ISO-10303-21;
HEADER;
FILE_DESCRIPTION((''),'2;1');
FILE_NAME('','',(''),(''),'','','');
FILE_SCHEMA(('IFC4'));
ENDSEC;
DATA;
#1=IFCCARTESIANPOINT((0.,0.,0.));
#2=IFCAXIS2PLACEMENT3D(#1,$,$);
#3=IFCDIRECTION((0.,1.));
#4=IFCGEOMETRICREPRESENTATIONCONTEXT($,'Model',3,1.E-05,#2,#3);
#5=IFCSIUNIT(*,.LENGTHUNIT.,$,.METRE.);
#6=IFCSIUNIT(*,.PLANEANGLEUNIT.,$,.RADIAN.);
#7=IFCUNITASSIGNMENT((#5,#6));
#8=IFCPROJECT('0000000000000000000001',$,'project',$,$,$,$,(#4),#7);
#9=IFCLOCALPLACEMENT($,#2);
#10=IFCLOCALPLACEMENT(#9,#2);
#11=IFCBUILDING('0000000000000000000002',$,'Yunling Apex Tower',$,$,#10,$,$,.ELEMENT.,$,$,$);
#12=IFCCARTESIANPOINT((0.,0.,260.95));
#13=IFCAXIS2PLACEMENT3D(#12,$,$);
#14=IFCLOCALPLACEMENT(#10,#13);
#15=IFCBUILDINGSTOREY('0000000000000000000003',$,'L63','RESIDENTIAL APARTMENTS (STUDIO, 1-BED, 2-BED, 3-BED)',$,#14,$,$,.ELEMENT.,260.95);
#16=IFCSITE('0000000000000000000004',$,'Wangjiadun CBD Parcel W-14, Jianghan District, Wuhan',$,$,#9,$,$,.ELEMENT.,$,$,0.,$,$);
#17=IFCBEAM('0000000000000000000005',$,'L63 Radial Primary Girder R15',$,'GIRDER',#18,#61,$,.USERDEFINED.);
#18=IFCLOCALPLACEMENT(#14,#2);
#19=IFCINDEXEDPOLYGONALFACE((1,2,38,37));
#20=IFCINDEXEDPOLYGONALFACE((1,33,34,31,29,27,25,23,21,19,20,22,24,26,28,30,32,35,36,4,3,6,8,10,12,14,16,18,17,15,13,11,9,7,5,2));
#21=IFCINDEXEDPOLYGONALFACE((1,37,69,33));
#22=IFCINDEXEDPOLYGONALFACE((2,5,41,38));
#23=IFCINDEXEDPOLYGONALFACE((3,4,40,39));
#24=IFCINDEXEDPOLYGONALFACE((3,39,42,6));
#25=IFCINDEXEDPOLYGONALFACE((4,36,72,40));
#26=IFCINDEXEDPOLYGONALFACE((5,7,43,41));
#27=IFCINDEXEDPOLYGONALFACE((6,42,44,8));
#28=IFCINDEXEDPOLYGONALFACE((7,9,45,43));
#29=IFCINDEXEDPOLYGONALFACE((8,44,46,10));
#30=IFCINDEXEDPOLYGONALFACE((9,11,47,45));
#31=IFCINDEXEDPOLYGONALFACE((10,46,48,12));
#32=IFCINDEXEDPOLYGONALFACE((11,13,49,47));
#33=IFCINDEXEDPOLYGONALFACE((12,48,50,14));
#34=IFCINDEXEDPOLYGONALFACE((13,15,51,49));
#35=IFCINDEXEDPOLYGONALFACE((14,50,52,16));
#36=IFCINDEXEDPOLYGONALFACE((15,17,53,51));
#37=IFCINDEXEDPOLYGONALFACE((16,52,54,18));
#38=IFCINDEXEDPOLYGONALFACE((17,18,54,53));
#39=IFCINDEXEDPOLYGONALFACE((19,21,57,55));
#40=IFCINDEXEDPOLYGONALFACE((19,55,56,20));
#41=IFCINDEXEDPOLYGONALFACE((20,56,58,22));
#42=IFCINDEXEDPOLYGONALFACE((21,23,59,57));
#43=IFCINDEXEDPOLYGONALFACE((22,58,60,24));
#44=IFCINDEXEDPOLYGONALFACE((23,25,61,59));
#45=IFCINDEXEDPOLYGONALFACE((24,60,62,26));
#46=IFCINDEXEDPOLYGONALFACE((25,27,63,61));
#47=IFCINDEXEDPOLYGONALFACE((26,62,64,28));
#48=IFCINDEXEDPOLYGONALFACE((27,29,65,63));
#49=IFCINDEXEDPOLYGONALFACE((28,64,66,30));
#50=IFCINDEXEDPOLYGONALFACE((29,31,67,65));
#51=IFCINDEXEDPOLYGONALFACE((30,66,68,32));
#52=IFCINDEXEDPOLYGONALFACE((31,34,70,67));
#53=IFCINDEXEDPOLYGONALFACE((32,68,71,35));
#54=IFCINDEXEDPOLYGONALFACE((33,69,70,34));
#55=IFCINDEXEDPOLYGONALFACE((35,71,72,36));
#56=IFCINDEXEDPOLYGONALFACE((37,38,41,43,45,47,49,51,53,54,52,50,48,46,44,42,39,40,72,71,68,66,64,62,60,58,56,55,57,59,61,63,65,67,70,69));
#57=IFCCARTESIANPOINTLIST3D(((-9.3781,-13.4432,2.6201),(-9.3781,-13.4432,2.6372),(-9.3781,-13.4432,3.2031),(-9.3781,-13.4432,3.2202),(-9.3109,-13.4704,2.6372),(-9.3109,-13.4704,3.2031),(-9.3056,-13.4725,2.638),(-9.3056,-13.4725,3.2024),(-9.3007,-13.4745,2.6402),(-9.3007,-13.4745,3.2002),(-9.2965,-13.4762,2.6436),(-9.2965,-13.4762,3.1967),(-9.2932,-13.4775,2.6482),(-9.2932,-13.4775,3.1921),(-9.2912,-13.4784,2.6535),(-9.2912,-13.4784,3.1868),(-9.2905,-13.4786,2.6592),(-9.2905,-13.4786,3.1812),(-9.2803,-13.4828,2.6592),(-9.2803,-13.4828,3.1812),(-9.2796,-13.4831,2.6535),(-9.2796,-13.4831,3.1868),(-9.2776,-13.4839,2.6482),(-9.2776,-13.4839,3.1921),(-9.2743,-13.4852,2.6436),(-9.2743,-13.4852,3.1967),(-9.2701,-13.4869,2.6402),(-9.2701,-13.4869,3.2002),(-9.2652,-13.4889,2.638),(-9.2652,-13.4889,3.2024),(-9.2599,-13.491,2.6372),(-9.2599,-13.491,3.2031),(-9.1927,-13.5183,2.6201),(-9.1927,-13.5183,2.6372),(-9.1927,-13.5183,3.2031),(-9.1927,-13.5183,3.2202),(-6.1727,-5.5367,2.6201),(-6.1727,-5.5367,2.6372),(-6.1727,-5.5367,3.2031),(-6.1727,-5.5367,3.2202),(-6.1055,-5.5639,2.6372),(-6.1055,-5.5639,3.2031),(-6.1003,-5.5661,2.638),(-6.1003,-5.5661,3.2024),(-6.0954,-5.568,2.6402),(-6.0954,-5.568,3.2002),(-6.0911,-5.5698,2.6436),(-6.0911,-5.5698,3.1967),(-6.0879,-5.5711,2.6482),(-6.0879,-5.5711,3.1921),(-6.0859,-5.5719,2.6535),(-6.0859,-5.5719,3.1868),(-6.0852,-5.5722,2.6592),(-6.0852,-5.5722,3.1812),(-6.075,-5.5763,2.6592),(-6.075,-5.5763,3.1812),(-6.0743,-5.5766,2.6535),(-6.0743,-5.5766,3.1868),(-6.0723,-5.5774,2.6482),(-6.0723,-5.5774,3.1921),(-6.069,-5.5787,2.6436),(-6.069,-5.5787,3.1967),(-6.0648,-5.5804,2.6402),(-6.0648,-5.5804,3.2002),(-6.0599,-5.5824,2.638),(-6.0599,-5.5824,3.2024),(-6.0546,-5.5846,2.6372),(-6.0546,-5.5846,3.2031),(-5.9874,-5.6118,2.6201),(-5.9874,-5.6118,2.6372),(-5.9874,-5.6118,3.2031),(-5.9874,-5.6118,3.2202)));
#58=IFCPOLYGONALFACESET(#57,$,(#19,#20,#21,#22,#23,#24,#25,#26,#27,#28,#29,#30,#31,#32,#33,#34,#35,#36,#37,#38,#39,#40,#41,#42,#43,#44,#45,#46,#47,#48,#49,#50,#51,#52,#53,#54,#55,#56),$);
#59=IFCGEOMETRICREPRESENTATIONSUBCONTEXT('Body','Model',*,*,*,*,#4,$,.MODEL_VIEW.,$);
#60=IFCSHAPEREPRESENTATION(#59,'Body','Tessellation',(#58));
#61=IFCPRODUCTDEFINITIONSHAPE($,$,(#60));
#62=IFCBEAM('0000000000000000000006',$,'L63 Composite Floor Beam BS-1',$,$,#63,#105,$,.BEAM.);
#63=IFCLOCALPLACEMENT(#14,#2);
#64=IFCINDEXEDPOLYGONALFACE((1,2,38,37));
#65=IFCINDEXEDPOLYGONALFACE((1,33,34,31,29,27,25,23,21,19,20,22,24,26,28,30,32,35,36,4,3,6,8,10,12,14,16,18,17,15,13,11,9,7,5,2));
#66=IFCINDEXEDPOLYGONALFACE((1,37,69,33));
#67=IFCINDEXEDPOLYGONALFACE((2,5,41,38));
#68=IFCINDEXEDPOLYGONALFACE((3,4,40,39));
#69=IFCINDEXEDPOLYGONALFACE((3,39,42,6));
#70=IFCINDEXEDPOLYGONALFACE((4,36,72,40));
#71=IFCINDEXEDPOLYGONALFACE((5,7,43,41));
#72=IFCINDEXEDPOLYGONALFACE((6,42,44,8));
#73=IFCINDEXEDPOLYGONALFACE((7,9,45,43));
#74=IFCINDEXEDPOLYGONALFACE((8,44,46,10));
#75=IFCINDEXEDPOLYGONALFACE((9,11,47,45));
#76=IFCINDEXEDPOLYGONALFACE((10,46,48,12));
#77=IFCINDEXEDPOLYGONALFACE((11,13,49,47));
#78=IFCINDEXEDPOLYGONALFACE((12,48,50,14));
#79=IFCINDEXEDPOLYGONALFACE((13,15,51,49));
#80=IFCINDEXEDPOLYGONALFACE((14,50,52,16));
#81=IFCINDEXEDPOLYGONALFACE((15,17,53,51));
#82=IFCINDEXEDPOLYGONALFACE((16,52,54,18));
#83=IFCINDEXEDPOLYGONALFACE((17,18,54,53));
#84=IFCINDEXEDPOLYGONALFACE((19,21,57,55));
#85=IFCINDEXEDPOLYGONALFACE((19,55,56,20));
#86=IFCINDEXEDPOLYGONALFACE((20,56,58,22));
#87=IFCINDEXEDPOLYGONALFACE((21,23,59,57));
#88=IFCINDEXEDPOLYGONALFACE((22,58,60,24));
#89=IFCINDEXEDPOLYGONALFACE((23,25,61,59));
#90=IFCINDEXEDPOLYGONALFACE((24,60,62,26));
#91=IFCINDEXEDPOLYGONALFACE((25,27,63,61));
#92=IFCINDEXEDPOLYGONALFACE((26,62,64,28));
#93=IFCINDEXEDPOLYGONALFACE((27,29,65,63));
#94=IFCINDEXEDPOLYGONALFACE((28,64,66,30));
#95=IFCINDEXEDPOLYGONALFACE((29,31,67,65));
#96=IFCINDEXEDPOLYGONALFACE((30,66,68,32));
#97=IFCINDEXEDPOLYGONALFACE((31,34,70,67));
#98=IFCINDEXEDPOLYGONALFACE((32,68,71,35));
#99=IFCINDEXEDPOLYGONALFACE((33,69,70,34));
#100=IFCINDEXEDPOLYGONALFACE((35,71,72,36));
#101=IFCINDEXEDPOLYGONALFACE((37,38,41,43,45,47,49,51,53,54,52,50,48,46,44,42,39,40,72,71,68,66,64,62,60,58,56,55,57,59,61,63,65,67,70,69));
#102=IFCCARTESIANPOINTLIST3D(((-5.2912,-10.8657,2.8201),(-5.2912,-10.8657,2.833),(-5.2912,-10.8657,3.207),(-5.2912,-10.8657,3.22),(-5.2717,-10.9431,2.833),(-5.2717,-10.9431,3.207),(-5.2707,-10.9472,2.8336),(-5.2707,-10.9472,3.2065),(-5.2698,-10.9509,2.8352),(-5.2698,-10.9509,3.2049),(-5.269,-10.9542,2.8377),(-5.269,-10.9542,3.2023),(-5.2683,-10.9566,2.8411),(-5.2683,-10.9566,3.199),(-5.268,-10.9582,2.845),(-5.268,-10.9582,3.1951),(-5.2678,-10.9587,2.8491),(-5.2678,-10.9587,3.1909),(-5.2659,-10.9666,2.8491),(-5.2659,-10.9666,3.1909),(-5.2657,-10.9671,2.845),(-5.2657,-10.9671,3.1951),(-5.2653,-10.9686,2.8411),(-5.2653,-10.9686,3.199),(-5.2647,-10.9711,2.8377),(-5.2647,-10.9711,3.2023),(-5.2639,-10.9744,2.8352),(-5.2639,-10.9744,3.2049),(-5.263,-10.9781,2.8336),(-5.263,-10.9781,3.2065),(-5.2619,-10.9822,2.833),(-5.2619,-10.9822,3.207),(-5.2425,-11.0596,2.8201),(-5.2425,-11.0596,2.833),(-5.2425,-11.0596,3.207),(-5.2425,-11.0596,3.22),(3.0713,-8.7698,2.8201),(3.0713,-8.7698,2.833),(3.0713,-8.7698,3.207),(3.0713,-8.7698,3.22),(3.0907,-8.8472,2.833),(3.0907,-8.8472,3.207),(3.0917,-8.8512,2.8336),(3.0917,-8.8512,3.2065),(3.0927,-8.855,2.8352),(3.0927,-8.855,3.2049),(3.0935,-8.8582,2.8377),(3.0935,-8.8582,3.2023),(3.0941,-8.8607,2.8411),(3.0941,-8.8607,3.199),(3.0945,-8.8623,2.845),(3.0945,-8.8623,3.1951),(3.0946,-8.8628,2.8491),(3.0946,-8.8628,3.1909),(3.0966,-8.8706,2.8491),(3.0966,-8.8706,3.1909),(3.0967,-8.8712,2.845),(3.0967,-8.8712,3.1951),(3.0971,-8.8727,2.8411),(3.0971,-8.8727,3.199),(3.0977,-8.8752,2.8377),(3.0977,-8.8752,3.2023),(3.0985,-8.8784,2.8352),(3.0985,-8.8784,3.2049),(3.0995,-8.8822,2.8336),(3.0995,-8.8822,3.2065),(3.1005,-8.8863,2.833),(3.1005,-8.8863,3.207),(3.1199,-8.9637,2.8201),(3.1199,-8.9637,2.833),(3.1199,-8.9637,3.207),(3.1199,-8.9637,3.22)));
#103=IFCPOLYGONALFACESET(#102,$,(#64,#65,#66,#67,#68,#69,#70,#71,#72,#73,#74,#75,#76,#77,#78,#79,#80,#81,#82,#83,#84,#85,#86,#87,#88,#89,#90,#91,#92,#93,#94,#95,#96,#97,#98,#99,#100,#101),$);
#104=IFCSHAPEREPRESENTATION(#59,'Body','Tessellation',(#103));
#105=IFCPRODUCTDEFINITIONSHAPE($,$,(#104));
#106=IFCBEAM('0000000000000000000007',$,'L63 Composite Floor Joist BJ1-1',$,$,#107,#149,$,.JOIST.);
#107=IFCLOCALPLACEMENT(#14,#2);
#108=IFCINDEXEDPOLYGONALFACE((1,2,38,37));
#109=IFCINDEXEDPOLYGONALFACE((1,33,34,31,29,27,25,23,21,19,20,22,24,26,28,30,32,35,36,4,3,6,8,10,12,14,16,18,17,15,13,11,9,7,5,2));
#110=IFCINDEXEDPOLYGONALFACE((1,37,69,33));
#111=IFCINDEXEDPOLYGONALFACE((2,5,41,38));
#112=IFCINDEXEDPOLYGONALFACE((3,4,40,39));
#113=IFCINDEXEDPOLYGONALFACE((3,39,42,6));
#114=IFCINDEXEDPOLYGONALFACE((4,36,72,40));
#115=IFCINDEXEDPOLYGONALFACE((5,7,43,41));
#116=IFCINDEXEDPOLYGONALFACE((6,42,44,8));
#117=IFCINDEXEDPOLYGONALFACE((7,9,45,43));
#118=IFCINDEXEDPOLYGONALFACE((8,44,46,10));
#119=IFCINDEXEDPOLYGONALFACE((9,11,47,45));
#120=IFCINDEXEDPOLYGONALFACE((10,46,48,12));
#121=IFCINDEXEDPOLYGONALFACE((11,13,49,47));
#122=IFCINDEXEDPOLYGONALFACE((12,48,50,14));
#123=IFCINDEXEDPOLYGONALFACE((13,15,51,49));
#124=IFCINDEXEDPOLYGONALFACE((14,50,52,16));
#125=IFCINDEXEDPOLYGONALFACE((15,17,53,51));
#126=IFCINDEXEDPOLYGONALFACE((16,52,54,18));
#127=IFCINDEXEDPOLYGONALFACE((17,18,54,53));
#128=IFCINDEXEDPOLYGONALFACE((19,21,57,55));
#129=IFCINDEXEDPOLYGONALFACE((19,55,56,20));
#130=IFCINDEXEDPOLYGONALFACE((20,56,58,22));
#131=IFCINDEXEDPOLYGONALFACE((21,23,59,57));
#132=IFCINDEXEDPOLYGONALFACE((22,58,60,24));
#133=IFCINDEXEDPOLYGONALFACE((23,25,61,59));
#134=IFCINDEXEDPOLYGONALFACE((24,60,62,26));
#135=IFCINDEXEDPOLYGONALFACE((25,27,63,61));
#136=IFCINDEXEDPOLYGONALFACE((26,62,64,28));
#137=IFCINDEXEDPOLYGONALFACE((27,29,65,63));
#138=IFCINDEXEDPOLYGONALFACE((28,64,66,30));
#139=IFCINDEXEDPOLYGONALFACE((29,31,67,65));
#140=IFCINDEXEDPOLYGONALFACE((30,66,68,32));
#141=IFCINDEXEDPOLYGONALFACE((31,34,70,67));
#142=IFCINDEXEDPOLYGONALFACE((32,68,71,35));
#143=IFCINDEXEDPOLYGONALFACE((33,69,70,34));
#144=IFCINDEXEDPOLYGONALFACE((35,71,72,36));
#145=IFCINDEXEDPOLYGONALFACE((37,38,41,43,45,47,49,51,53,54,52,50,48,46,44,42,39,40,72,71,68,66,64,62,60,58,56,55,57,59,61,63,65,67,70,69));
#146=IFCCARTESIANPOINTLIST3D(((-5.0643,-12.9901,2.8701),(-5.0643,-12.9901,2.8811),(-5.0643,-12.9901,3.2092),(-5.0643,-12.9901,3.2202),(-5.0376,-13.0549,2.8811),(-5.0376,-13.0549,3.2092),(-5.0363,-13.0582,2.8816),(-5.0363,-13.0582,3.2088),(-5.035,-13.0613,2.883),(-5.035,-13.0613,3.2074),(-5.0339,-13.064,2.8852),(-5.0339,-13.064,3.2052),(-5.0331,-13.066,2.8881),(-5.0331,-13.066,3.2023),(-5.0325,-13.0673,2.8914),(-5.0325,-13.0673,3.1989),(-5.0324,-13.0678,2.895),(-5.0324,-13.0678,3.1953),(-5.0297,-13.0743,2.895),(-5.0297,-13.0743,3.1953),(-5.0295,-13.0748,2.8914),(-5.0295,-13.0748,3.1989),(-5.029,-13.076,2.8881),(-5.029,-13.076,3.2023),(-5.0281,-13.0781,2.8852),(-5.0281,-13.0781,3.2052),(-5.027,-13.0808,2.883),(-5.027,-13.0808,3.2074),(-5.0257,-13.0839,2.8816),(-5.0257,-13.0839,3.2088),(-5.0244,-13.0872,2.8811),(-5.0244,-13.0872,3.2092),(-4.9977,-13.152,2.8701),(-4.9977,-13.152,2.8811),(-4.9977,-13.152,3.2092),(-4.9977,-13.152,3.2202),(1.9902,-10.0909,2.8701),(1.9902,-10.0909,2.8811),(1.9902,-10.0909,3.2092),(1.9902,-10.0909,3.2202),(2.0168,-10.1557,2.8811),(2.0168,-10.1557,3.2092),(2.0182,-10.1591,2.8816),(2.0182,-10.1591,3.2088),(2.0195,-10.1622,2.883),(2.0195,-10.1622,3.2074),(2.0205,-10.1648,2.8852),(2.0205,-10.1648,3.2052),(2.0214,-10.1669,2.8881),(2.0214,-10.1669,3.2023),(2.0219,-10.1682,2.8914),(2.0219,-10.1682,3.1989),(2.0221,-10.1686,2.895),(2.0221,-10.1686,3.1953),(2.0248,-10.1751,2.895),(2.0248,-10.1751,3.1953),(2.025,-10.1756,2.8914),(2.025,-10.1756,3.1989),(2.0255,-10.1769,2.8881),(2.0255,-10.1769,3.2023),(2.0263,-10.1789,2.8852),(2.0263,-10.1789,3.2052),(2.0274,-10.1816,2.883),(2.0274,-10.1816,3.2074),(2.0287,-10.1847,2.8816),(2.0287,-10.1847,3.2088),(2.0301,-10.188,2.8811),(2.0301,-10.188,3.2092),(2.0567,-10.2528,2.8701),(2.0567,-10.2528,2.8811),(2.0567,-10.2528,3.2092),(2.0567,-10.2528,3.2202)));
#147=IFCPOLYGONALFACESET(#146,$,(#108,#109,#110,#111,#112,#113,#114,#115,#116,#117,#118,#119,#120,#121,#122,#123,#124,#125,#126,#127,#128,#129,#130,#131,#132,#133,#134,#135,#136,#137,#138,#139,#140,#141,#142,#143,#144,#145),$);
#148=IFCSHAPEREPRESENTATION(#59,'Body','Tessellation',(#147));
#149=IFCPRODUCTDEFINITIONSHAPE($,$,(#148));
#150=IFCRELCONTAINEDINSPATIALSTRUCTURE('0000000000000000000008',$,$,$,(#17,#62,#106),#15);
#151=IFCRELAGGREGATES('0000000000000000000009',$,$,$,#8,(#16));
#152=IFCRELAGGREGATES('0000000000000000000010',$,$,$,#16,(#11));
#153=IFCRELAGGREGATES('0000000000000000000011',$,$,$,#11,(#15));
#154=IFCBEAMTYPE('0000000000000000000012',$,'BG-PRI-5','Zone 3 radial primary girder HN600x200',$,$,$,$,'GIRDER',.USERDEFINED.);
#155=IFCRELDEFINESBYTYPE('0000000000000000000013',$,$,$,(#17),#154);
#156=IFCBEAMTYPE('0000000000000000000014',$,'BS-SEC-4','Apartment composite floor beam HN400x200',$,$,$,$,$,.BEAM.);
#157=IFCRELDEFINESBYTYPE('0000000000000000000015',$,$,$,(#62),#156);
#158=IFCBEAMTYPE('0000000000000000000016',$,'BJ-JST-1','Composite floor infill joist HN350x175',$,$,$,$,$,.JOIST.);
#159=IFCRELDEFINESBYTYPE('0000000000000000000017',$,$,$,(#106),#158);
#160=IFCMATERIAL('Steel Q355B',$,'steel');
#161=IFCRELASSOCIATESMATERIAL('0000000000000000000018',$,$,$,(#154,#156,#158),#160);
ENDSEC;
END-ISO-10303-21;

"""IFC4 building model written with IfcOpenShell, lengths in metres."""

from ifc_helpers import new_model, si_unit, direction, frame, origin, origin_2d, place, context, subcontext, project, spatial, i_section, extrude, source, transform, mapped, material, material_profile, profile_set, type_object, element, save


model = new_model("IFC4")

# Units and contexts
model_context = context("Model", 3, precision=1e-05, world=origin(), true_north=direction((0.0, 1.0)))
body_context = subcontext(model_context, "Body", "Model", "MODEL_VIEW")
ifc_project = project(units=[si_unit("LENGTHUNIT", "METRE"), si_unit("PLANEANGLEUNIT", "RADIAN")], contexts=[model_context])

# Site, building, storey
site_placement = place(None, origin())
site = spatial("IfcSite", under=ifc_project, at=site_placement, Name="Wangjiadun CBD Parcel W-14, Jianghan District, Wuhan", CompositionType="ELEMENT", RefElevation=0.0)
building_placement = place(site_placement, origin())
building = spatial("IfcBuilding", under=site, at=building_placement, Name="Yunling Apex Tower", CompositionType="ELEMENT")
storey_placement = place(building_placement, frame((0.0, 0.0, 260.95)))
storey = spatial("IfcBuildingStorey", under=building, at=storey_placement, Name="L63", Description="RESIDENTIAL APARTMENTS (STUDIO, 1-BED, 2-BED, 3-BED)", CompositionType="ELEMENT", Elevation=260.95)

# Shared definitions
ifc_material_1 = material(Name="Steel Q355B", Category="steel")

# Beams
ifc_material_profile_1 = material_profile(ifc_material_1, i_section(OverallWidth=0.2, OverallDepth=0.6001, WebThickness=0.011, FlangeThickness=0.0171, FilletRadius=0.022, at=origin_2d()))
ifc_profile_set_1 = profile_set([ifc_material_profile_1], Name="Steel Q355B")
beam_type_1 = type_object("IfcBeamType", Name="BG-PRI-5", Description="Zone 3 radial primary girder HN600x200", ElementType="GIRDER", PredefinedType="USERDEFINED", material=ifc_profile_set_1)
shared_shape_1 = source(origin(), body_context, "Body", "SweptSolid", [
    extrude(i_section(OverallWidth=0.2, OverallDepth=0.6001, WebThickness=0.011, FlangeThickness=0.0171, FilletRadius=0.022, at=origin_2d()), origin(), (0.0, 0.0, 1.0), 8.5315),
])
beam_1_placement = place(storey_placement, frame((-9.2854, -13.4807, 2.9202), z_axis=(0.375704, 0.92674, 0.0), x_axis=(-0.92674, 0.375704, 0.0)))
element("IfcBeam", 1, at=beam_1_placement, inside=storey, type_object=beam_type_1, Name="L63 Radial Primary Girder R15", ObjectType="GIRDER", PredefinedType="USERDEFINED", context=body_context, shape_type="MappedRepresentation", body=[
    mapped(shared_shape_1, transform((0.0, 0.0, 0.0), scale=1.0)),
])
ifc_material_profile_2 = material_profile(ifc_material_1, i_section(OverallWidth=0.2, OverallDepth=0.3999, WebThickness=0.0081, FlangeThickness=0.0129, FilletRadius=0.0161, at=origin_2d()))
ifc_profile_set_2 = profile_set([ifc_material_profile_2], Name="Steel Q355B")
beam_type_2 = type_object("IfcBeamType", Name="BS-SEC-4", Description="Apartment composite floor beam HN400x200", PredefinedType="BEAM", material=ifc_profile_set_2)
shared_shape_2 = source(origin(), body_context, "Body", "SweptSolid", [
    extrude(i_section(OverallWidth=0.2, OverallDepth=0.3999, WebThickness=0.0081, FlangeThickness=0.0129, FilletRadius=0.0161, at=origin_2d()), origin(), (0.0, 0.0, 1.0), 8.6211),
])
beam_2_placement = place(storey_placement, frame((-5.2668, -10.9626, 3.02), z_axis=(0.969997, 0.243115, 0.0), x_axis=(-0.243115, 0.969997, 0.0)))
element("IfcBeam", 2, at=beam_2_placement, inside=storey, type_object=beam_type_2, Name="L63 Composite Floor Beam BS-1", PredefinedType="BEAM", context=body_context, shape_type="MappedRepresentation", body=[
    mapped(shared_shape_2, transform((0.0, 0.0, 0.0), scale=1.0)),
])
ifc_material_profile_3 = material_profile(ifc_material_1, i_section(OverallWidth=0.175, OverallDepth=0.3501, WebThickness=0.0071, FlangeThickness=0.011, FilletRadius=0.0139, at=origin_2d()))
ifc_profile_set_3 = profile_set([ifc_material_profile_3], Name="Steel Q355B")
beam_type_3 = type_object("IfcBeamType", Name="BJ-JST-1", Description="Composite floor infill joist HN350x175", PredefinedType="JOIST", material=ifc_profile_set_3)
shared_shape_3 = source(origin(), body_context, "Body", "SweptSolid", [
    extrude(i_section(OverallWidth=0.175, OverallDepth=0.3501, WebThickness=0.0071, FlangeThickness=0.011, FilletRadius=0.0139, at=origin_2d()), origin(), (0.0, 0.0, 1.0), 7.627),
])
beam_3_placement = place(storey_placement, frame((-5.031, -13.071, 3.0452), z_axis=(0.924936, 0.380122, 0.0), x_axis=(-0.380122, 0.924936, 0.0)))
element("IfcBeam", 3, at=beam_3_placement, inside=storey, type_object=beam_type_3, Name="L63 Composite Floor Joist BJ1-1", PredefinedType="JOIST", context=body_context, shape_type="MappedRepresentation", body=[
    mapped(shared_shape_3, transform((0.0, 0.0, 0.0), scale=1.0)),
])

save(model, "model.ifc")
